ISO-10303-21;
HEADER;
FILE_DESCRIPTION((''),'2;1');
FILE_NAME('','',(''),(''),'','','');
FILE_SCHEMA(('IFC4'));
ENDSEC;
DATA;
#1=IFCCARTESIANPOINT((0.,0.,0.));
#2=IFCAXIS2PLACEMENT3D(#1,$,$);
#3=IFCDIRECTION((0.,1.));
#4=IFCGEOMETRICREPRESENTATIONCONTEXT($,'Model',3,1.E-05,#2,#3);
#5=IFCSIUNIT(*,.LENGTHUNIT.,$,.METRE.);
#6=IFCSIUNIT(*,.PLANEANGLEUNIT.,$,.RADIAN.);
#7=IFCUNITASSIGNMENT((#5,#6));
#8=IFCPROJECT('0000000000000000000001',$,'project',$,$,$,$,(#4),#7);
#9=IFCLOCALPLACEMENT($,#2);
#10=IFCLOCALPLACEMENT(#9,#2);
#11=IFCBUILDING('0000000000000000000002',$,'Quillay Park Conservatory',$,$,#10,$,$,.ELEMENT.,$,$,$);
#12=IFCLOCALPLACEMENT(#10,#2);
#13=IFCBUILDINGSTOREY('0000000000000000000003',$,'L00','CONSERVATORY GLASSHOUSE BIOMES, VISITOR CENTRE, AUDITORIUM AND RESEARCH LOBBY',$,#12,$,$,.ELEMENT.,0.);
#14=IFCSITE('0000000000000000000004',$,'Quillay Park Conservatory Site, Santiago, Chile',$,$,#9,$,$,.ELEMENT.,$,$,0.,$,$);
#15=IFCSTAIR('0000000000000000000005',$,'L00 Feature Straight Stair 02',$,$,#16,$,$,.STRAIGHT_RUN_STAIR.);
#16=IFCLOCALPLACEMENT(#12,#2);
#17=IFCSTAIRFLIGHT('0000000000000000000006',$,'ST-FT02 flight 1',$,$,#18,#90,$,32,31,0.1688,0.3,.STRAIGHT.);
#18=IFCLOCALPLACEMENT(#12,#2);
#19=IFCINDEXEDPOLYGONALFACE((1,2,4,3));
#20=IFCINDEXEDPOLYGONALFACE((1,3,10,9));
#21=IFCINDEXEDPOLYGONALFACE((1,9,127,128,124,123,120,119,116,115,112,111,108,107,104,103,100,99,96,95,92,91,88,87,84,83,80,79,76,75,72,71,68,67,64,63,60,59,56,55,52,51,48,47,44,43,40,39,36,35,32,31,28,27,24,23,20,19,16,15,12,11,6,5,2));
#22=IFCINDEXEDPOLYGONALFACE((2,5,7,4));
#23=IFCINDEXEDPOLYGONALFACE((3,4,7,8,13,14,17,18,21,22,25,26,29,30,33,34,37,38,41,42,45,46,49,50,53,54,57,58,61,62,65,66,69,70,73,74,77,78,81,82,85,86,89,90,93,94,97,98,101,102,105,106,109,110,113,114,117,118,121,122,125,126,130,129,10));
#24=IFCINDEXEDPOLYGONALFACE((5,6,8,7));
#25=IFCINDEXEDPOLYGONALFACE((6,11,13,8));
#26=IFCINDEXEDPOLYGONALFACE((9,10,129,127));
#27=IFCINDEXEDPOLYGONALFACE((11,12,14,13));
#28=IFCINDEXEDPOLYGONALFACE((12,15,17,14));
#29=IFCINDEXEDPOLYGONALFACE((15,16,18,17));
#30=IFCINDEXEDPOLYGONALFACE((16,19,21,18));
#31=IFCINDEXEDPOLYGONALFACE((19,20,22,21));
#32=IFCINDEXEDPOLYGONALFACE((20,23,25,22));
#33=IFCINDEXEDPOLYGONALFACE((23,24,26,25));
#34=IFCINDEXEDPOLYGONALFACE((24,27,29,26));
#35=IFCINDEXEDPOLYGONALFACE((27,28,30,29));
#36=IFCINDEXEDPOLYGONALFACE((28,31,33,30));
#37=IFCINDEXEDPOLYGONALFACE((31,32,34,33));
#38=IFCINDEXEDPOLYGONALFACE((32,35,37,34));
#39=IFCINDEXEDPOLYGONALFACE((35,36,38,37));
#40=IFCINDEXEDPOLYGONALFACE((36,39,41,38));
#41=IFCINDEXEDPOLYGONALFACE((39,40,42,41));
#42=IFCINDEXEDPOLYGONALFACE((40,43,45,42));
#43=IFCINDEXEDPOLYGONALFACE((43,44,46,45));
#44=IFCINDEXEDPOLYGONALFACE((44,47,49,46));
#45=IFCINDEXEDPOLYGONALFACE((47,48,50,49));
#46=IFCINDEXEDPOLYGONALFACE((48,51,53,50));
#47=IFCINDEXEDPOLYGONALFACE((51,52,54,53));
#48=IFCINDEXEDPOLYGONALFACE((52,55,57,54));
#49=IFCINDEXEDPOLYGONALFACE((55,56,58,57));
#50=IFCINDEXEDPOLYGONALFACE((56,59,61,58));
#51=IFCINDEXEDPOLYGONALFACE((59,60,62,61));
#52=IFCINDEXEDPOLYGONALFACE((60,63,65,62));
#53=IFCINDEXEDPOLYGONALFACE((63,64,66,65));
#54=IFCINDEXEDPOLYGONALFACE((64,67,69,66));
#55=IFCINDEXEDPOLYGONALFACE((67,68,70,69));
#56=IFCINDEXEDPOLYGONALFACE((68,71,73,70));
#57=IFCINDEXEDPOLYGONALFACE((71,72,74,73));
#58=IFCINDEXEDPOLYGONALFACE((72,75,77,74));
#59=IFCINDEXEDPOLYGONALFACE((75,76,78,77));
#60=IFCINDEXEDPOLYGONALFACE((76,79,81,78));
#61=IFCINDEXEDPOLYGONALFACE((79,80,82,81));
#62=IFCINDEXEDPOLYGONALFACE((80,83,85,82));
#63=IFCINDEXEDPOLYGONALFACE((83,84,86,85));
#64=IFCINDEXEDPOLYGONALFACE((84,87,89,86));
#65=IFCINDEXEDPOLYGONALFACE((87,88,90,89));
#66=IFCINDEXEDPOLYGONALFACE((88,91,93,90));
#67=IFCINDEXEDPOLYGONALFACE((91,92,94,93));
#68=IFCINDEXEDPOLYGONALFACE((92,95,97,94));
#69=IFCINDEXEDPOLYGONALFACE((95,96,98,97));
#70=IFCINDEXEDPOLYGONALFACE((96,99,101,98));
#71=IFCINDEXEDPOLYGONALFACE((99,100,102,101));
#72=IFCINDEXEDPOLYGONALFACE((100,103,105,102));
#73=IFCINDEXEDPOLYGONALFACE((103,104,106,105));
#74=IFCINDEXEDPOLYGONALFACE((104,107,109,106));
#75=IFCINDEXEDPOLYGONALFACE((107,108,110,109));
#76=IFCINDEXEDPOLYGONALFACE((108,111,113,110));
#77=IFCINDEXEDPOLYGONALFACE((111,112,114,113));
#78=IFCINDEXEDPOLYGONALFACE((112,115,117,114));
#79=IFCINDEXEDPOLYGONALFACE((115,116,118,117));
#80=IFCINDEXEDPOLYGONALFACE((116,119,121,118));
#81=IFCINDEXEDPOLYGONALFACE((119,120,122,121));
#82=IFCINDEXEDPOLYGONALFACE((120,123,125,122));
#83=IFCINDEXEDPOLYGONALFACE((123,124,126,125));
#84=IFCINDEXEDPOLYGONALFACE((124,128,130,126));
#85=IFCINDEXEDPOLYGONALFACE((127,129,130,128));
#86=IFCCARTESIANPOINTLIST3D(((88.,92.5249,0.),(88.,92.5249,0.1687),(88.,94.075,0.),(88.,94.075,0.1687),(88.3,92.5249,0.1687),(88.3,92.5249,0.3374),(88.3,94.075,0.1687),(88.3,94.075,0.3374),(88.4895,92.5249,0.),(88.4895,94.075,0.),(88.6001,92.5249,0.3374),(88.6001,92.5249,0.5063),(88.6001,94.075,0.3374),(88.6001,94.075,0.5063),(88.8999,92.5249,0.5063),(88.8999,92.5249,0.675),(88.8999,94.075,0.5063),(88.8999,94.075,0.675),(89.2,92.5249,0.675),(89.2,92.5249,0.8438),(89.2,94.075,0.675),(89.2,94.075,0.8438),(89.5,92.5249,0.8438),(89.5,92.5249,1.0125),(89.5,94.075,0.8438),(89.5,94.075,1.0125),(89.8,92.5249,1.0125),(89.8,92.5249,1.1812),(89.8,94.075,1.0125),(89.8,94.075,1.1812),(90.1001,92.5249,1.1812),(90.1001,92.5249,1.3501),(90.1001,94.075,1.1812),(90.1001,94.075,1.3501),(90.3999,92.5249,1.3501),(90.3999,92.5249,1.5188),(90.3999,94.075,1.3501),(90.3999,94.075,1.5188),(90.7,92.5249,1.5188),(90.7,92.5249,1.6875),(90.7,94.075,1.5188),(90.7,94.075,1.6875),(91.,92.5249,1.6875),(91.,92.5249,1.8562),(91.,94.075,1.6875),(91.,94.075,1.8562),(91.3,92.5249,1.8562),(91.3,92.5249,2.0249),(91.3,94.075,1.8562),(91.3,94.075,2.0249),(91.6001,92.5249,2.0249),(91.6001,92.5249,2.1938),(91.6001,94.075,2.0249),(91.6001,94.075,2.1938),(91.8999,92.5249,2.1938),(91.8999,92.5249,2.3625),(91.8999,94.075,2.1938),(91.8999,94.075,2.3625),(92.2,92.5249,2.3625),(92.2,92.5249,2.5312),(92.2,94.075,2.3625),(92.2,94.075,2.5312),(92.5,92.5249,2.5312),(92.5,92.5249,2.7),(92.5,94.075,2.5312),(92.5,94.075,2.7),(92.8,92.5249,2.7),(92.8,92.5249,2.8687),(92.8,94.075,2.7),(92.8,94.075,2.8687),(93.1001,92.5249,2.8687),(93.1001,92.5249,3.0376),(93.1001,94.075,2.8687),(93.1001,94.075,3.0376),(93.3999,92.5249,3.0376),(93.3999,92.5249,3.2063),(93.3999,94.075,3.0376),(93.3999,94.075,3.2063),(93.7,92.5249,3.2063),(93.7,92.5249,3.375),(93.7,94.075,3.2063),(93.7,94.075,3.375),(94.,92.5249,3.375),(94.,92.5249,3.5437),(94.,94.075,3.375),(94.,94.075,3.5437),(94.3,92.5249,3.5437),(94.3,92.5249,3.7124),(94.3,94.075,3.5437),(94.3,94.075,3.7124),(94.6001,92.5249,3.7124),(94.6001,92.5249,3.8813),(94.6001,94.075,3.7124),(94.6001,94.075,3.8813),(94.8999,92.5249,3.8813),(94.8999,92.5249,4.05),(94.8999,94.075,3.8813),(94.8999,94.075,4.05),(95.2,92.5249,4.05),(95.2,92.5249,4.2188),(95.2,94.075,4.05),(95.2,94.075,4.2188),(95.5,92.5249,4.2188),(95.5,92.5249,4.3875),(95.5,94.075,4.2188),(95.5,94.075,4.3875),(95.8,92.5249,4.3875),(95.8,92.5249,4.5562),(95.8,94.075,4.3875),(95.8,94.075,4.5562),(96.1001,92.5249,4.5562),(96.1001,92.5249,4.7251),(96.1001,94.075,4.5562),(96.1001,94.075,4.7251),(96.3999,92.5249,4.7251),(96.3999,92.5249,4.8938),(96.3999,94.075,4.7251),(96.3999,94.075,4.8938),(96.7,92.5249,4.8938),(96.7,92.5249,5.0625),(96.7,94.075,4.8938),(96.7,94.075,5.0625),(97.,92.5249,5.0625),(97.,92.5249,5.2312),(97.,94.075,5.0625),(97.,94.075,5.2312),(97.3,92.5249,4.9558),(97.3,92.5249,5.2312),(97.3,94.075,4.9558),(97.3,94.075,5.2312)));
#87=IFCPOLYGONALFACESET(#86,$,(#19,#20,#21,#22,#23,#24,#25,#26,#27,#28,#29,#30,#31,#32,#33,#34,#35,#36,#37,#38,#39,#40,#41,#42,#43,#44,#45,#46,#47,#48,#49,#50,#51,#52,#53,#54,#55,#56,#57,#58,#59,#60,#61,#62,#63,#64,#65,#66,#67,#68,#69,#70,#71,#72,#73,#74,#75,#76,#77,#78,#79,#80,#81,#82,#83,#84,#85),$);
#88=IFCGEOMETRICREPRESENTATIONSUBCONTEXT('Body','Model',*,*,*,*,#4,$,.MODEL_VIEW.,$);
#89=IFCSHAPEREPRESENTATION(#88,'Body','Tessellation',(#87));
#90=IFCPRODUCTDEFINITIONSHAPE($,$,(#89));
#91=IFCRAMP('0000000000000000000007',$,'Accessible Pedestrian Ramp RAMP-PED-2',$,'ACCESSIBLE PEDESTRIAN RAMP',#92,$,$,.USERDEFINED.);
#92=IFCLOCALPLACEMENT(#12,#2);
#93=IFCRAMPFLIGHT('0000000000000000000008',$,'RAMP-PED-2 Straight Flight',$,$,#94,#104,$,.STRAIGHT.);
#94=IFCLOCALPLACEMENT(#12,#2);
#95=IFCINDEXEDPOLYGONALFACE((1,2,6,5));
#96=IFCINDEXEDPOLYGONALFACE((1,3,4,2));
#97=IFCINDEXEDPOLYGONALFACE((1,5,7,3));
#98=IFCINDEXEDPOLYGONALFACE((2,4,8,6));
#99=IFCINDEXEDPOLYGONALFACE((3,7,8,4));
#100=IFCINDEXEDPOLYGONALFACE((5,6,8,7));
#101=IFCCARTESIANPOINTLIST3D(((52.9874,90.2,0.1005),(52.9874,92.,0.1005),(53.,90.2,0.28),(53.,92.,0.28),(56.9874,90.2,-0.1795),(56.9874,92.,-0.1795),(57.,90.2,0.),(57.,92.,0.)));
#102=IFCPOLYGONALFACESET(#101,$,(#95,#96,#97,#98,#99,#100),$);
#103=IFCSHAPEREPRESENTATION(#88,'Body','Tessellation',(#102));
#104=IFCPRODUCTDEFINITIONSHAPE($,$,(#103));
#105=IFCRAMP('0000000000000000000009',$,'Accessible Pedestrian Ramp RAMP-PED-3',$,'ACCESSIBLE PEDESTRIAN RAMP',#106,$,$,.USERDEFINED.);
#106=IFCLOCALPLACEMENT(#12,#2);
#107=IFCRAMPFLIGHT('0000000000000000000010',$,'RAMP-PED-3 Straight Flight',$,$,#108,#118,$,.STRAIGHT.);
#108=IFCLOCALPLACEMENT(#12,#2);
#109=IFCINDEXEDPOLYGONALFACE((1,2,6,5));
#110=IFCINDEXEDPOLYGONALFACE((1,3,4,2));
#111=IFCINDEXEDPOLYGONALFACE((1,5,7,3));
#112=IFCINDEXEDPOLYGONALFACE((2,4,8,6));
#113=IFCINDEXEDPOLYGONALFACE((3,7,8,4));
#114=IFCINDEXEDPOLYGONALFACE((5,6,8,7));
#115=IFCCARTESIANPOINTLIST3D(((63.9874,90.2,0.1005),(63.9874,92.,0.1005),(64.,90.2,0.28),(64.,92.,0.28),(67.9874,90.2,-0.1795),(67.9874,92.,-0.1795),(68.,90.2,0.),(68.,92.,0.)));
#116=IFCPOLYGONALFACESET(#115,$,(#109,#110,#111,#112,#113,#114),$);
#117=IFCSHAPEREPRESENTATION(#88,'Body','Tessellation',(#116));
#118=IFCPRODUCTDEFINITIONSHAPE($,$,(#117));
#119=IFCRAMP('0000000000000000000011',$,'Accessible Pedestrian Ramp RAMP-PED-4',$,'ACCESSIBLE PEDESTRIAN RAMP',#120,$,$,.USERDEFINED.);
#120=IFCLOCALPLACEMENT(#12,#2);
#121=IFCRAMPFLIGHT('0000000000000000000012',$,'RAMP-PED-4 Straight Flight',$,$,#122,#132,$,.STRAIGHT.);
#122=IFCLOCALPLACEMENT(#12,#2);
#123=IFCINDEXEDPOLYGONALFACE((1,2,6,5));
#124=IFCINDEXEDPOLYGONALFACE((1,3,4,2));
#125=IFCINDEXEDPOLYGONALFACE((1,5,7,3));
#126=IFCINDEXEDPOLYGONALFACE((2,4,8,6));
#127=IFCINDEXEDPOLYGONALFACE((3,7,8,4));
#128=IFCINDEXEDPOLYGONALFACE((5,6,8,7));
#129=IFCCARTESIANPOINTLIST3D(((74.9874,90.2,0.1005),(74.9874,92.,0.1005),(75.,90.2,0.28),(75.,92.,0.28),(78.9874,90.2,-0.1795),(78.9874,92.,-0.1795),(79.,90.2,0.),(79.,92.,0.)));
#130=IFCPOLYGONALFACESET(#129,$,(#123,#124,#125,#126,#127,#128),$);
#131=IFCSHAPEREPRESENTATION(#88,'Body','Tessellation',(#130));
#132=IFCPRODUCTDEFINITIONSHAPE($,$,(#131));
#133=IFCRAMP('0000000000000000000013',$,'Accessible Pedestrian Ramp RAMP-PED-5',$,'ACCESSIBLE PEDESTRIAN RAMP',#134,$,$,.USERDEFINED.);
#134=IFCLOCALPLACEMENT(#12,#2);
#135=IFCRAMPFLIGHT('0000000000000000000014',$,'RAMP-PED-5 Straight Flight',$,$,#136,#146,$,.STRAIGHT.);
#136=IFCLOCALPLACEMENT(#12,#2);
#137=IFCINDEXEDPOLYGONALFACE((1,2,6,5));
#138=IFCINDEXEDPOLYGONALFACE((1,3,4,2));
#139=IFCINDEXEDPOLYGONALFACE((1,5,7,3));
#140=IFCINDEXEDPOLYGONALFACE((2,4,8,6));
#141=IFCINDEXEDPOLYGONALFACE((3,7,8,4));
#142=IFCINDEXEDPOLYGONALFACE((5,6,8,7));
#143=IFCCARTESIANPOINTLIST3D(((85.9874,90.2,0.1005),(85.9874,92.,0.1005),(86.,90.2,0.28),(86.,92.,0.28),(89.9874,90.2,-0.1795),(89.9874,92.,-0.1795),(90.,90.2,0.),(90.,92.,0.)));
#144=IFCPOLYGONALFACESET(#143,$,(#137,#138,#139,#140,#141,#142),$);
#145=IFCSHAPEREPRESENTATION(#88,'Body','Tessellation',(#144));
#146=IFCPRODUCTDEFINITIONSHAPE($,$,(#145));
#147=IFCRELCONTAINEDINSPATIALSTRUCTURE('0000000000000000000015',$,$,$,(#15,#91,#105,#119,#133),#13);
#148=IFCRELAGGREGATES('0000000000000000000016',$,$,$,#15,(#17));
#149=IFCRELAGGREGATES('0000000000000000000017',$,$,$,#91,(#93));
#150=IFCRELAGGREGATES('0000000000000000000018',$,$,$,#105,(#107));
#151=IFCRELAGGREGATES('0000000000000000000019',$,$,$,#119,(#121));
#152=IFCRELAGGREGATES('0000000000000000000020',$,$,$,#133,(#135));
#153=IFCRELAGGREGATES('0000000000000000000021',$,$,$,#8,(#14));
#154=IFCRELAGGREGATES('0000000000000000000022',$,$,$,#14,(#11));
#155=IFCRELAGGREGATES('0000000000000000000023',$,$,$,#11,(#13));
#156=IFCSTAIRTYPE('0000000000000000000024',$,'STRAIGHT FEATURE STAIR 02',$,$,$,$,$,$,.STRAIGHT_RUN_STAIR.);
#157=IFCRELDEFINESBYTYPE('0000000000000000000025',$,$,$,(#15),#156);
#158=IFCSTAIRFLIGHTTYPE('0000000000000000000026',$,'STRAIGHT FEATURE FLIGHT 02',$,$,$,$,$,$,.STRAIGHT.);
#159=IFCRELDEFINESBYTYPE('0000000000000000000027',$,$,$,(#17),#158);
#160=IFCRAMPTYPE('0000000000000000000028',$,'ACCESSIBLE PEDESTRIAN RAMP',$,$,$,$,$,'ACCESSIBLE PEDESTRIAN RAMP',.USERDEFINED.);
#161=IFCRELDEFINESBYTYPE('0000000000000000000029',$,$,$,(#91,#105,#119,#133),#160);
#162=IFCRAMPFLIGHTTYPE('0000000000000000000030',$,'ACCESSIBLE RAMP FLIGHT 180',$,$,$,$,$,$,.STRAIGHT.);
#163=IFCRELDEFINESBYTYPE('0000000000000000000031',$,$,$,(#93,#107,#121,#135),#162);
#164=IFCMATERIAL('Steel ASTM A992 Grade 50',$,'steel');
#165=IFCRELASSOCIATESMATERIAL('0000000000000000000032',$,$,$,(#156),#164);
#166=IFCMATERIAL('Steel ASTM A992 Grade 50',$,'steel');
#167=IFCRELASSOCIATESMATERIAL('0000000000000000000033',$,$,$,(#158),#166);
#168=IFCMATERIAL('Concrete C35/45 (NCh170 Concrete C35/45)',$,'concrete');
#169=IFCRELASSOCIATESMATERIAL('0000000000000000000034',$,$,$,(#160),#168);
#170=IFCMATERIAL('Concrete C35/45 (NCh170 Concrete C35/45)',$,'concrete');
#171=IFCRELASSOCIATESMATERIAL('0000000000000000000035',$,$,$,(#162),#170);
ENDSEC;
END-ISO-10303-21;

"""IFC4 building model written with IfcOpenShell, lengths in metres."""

from ifc_helpers import new_model, si_unit, direction, frame, origin, place, context, subcontext, project, spatial, polyline, outline, extrude, material, type_object, element, aggregate, save


model = new_model("IFC4")

# Units and contexts
model_context = context("Model", 3, precision=1e-05, world=origin(), true_north=direction((0.0, 1.0)))
body_context = subcontext(model_context, "Body", "Model", "MODEL_VIEW")
ifc_project = project(units=[si_unit("LENGTHUNIT", "METRE"), si_unit("PLANEANGLEUNIT", "RADIAN")], contexts=[model_context])

# Site, building, storey
site_placement = place(None, origin())
site = spatial("IfcSite", under=ifc_project, at=site_placement, Name="Quillay Park Conservatory Site, Santiago, Chile", CompositionType="ELEMENT", RefElevation=0.0)
building_placement = place(site_placement, origin())
building = spatial("IfcBuilding", under=site, at=building_placement, Name="Quillay Park Conservatory", CompositionType="ELEMENT")
storey_placement = place(building_placement, origin())
storey = spatial("IfcBuildingStorey", under=building, at=storey_placement, Name="L00", Description="CONSERVATORY GLASSHOUSE BIOMES, VISITOR CENTRE, AUDITORIUM AND RESEARCH LOBBY", CompositionType="ELEMENT", Elevation=0.0)

# Stair, stair flight
ifc_material_1 = material(Name="Steel ASTM A992 Grade 50", Category="steel")
stair_type = type_object("IfcStairType", Name="STRAIGHT FEATURE STAIR 02", PredefinedType="STRAIGHT_RUN_STAIR", material=ifc_material_1)
stair_placement = place(storey_placement, origin())
stair = element("IfcStair", 1, at=stair_placement, inside=storey, type_object=stair_type, Name="L00 Feature Straight Stair 02", PredefinedType="STRAIGHT_RUN_STAIR")
ifc_material_2 = material(Name="Steel ASTM A992 Grade 50", Category="steel")
stair_flight_type = type_object("IfcStairFlightType", Name="STRAIGHT FEATURE FLIGHT 02", PredefinedType="STRAIGHT", material=ifc_material_2)
stair_flight_placement = place(storey_placement, frame((88.0, 93.3, 0.0), z_axis=(0.0, 0.0, 1.0), x_axis=(1.0, 0.0, 0.0)))
stair_flight = element("IfcStairFlight", 2, at=stair_flight_placement, type_object=stair_flight_type, Name="ST-FT02 flight 1", NumberOfRisers=32, NumberOfTreads=31, PredefinedType="STRAIGHT", RiserHeight=0.1688, TreadLength=0.3, context=body_context, shape_type="SweptSolid", body=[
    extrude(outline(polyline([(0.0, 0.0), (0.0, 0.1687), (0.3, 0.1687), (0.3, 0.3374), (0.6001, 0.3374), (0.6001, 0.5063), (0.8999, 0.5063), (0.8999, 0.675), (1.2, 0.675), (1.2, 0.8438), (1.5, 0.8438), (1.5, 1.0125), (1.8, 1.0125), (1.8, 1.1812), (2.1001, 1.1812), (2.1001, 1.3501), (2.3999, 1.3501), (2.3999, 1.5188), (2.7, 1.5188), (2.7, 1.6875), (3.0, 1.6875), (3.0, 1.8562), (3.3, 1.8562), (3.3, 2.0249), (3.6001, 2.0249), (3.6001, 2.1938), (3.8999, 2.1938), (3.8999, 2.3625), (4.2, 2.3625), (4.2, 2.5312), (4.5, 2.5312), (4.5, 2.7), (4.8, 2.7), (4.8, 2.8687), (5.1001, 2.8687), (5.1001, 3.0376), (5.3999, 3.0376), (5.3999, 3.2063), (5.7, 3.2063), (5.7, 3.375), (6.0, 3.375), (6.0, 3.5437), (6.3, 3.5437), (6.3, 3.7124), (6.6001, 3.7124), (6.6001, 3.8813), (6.8999, 3.8813), (6.8999, 4.05), (7.2, 4.05), (7.2, 4.2188), (7.5, 4.2188), (7.5, 4.3875), (7.8, 4.3875), (7.8, 4.5562), (8.1001, 4.5562), (8.1001, 4.7251), (8.3999, 4.7251), (8.3999, 4.8938), (8.7, 4.8938), (8.7, 5.0625), (9.0, 5.0625), (9.0, 5.2312), (9.3, 5.2312), (9.3, 5.3999), (9.3, 4.9558), (0.4895, 0.0), (0.0, 0.0)])), frame((0.0, 0.7749, 0.0), z_axis=(0.0, -1.0, 0.0), x_axis=(1.0, 0.0, 0.0)), (0.0, 0.0, 1.0), 1.55),
])
aggregate(stair, [stair_flight])

# Ramps, ramp flights
ifc_material_3 = material(Name="Concrete C35/45 (NCh170 Concrete C35/45)", Category="concrete")
ramp_type = type_object("IfcRampType", Name="ACCESSIBLE PEDESTRIAN RAMP", ElementType="ACCESSIBLE PEDESTRIAN RAMP", PredefinedType="USERDEFINED", material=ifc_material_3)
ramp_1_placement = place(storey_placement, origin())
ramp_1 = element("IfcRamp", 3, at=ramp_1_placement, inside=storey, type_object=ramp_type, Name="Accessible Pedestrian Ramp RAMP-PED-2", ObjectType="ACCESSIBLE PEDESTRIAN RAMP", PredefinedType="USERDEFINED")
ifc_material_4 = material(Name="Concrete C35/45 (NCh170 Concrete C35/45)", Category="concrete")
ramp_flight_type = type_object("IfcRampFlightType", Name="ACCESSIBLE RAMP FLIGHT 180", PredefinedType="STRAIGHT", material=ifc_material_4)
ramp_flight_1_placement = place(storey_placement, frame((53.0, 90.2, 0.28), z_axis=(0.069836, 0.0, 0.997558), x_axis=(0.997558, 0.0, -0.069836)))
ramp_flight_1 = element("IfcRampFlight", 4, at=ramp_flight_1_placement, type_object=ramp_flight_type, Name="RAMP-PED-2 Straight Flight", PredefinedType="STRAIGHT", context=body_context, shape_type="SweptSolid", body=[
    extrude(outline(polyline([(0.0, 0.0), (4.0098, 0.0), (4.0098, 1.8), (0.0, 1.8), (0.0, 0.0)])), origin(), (0.0, 0.0, -1.0), 0.1799),
])
aggregate(ramp_1, [ramp_flight_1])
ramp_2_placement = place(storey_placement, origin())
ramp_2 = element("IfcRamp", 5, at=ramp_2_placement, inside=storey, type_object=ramp_type, Name="Accessible Pedestrian Ramp RAMP-PED-3", ObjectType="ACCESSIBLE PEDESTRIAN RAMP", PredefinedType="USERDEFINED")
ramp_flight_2_placement = place(storey_placement, frame((64.0, 90.2, 0.28), z_axis=(0.069836, 0.0, 0.997558), x_axis=(0.997558, 0.0, -0.069836)))
ramp_flight_2 = element("IfcRampFlight", 6, at=ramp_flight_2_placement, type_object=ramp_flight_type, Name="RAMP-PED-3 Straight Flight", PredefinedType="STRAIGHT", context=body_context, shape_type="SweptSolid", body=[
    extrude(outline(polyline([(0.0, 0.0), (4.0098, 0.0), (4.0098, 1.8), (0.0, 1.8), (0.0, 0.0)])), origin(), (0.0, 0.0, -1.0), 0.1799),
])
aggregate(ramp_2, [ramp_flight_2])
ramp_3_placement = place(storey_placement, origin())
ramp_3 = element("IfcRamp", 7, at=ramp_3_placement, inside=storey, type_object=ramp_type, Name="Accessible Pedestrian Ramp RAMP-PED-4", ObjectType="ACCESSIBLE PEDESTRIAN RAMP", PredefinedType="USERDEFINED")
ramp_flight_3_placement = place(storey_placement, frame((75.0, 90.2, 0.28), z_axis=(0.069836, 0.0, 0.997558), x_axis=(0.997558, 0.0, -0.069836)))
ramp_flight_3 = element("IfcRampFlight", 8, at=ramp_flight_3_placement, type_object=ramp_flight_type, Name="RAMP-PED-4 Straight Flight", PredefinedType="STRAIGHT", context=body_context, shape_type="SweptSolid", body=[
    extrude(outline(polyline([(0.0, 0.0), (4.0098, 0.0), (4.0098, 1.8), (0.0, 1.8), (0.0, 0.0)])), origin(), (0.0, 0.0, -1.0), 0.1799),
])
aggregate(ramp_3, [ramp_flight_3])
ramp_4_placement = place(storey_placement, origin())
ramp_4 = element("IfcRamp", 9, at=ramp_4_placement, inside=storey, type_object=ramp_type, Name="Accessible Pedestrian Ramp RAMP-PED-5", ObjectType="ACCESSIBLE PEDESTRIAN RAMP", PredefinedType="USERDEFINED")
ramp_flight_4_placement = place(storey_placement, frame((86.0, 90.2, 0.28), z_axis=(0.069836, 0.0, 0.997558), x_axis=(0.997558, 0.0, -0.069836)))
ramp_flight_4 = element("IfcRampFlight", 10, at=ramp_flight_4_placement, type_object=ramp_flight_type, Name="RAMP-PED-5 Straight Flight", PredefinedType="STRAIGHT", context=body_context, shape_type="SweptSolid", body=[
    extrude(outline(polyline([(0.0, 0.0), (4.0098, 0.0), (4.0098, 1.8), (0.0, 1.8), (0.0, 0.0)])), origin(), (0.0, 0.0, -1.0), 0.1799),
])
aggregate(ramp_4, [ramp_flight_4])

save(model, "model.ifc")
